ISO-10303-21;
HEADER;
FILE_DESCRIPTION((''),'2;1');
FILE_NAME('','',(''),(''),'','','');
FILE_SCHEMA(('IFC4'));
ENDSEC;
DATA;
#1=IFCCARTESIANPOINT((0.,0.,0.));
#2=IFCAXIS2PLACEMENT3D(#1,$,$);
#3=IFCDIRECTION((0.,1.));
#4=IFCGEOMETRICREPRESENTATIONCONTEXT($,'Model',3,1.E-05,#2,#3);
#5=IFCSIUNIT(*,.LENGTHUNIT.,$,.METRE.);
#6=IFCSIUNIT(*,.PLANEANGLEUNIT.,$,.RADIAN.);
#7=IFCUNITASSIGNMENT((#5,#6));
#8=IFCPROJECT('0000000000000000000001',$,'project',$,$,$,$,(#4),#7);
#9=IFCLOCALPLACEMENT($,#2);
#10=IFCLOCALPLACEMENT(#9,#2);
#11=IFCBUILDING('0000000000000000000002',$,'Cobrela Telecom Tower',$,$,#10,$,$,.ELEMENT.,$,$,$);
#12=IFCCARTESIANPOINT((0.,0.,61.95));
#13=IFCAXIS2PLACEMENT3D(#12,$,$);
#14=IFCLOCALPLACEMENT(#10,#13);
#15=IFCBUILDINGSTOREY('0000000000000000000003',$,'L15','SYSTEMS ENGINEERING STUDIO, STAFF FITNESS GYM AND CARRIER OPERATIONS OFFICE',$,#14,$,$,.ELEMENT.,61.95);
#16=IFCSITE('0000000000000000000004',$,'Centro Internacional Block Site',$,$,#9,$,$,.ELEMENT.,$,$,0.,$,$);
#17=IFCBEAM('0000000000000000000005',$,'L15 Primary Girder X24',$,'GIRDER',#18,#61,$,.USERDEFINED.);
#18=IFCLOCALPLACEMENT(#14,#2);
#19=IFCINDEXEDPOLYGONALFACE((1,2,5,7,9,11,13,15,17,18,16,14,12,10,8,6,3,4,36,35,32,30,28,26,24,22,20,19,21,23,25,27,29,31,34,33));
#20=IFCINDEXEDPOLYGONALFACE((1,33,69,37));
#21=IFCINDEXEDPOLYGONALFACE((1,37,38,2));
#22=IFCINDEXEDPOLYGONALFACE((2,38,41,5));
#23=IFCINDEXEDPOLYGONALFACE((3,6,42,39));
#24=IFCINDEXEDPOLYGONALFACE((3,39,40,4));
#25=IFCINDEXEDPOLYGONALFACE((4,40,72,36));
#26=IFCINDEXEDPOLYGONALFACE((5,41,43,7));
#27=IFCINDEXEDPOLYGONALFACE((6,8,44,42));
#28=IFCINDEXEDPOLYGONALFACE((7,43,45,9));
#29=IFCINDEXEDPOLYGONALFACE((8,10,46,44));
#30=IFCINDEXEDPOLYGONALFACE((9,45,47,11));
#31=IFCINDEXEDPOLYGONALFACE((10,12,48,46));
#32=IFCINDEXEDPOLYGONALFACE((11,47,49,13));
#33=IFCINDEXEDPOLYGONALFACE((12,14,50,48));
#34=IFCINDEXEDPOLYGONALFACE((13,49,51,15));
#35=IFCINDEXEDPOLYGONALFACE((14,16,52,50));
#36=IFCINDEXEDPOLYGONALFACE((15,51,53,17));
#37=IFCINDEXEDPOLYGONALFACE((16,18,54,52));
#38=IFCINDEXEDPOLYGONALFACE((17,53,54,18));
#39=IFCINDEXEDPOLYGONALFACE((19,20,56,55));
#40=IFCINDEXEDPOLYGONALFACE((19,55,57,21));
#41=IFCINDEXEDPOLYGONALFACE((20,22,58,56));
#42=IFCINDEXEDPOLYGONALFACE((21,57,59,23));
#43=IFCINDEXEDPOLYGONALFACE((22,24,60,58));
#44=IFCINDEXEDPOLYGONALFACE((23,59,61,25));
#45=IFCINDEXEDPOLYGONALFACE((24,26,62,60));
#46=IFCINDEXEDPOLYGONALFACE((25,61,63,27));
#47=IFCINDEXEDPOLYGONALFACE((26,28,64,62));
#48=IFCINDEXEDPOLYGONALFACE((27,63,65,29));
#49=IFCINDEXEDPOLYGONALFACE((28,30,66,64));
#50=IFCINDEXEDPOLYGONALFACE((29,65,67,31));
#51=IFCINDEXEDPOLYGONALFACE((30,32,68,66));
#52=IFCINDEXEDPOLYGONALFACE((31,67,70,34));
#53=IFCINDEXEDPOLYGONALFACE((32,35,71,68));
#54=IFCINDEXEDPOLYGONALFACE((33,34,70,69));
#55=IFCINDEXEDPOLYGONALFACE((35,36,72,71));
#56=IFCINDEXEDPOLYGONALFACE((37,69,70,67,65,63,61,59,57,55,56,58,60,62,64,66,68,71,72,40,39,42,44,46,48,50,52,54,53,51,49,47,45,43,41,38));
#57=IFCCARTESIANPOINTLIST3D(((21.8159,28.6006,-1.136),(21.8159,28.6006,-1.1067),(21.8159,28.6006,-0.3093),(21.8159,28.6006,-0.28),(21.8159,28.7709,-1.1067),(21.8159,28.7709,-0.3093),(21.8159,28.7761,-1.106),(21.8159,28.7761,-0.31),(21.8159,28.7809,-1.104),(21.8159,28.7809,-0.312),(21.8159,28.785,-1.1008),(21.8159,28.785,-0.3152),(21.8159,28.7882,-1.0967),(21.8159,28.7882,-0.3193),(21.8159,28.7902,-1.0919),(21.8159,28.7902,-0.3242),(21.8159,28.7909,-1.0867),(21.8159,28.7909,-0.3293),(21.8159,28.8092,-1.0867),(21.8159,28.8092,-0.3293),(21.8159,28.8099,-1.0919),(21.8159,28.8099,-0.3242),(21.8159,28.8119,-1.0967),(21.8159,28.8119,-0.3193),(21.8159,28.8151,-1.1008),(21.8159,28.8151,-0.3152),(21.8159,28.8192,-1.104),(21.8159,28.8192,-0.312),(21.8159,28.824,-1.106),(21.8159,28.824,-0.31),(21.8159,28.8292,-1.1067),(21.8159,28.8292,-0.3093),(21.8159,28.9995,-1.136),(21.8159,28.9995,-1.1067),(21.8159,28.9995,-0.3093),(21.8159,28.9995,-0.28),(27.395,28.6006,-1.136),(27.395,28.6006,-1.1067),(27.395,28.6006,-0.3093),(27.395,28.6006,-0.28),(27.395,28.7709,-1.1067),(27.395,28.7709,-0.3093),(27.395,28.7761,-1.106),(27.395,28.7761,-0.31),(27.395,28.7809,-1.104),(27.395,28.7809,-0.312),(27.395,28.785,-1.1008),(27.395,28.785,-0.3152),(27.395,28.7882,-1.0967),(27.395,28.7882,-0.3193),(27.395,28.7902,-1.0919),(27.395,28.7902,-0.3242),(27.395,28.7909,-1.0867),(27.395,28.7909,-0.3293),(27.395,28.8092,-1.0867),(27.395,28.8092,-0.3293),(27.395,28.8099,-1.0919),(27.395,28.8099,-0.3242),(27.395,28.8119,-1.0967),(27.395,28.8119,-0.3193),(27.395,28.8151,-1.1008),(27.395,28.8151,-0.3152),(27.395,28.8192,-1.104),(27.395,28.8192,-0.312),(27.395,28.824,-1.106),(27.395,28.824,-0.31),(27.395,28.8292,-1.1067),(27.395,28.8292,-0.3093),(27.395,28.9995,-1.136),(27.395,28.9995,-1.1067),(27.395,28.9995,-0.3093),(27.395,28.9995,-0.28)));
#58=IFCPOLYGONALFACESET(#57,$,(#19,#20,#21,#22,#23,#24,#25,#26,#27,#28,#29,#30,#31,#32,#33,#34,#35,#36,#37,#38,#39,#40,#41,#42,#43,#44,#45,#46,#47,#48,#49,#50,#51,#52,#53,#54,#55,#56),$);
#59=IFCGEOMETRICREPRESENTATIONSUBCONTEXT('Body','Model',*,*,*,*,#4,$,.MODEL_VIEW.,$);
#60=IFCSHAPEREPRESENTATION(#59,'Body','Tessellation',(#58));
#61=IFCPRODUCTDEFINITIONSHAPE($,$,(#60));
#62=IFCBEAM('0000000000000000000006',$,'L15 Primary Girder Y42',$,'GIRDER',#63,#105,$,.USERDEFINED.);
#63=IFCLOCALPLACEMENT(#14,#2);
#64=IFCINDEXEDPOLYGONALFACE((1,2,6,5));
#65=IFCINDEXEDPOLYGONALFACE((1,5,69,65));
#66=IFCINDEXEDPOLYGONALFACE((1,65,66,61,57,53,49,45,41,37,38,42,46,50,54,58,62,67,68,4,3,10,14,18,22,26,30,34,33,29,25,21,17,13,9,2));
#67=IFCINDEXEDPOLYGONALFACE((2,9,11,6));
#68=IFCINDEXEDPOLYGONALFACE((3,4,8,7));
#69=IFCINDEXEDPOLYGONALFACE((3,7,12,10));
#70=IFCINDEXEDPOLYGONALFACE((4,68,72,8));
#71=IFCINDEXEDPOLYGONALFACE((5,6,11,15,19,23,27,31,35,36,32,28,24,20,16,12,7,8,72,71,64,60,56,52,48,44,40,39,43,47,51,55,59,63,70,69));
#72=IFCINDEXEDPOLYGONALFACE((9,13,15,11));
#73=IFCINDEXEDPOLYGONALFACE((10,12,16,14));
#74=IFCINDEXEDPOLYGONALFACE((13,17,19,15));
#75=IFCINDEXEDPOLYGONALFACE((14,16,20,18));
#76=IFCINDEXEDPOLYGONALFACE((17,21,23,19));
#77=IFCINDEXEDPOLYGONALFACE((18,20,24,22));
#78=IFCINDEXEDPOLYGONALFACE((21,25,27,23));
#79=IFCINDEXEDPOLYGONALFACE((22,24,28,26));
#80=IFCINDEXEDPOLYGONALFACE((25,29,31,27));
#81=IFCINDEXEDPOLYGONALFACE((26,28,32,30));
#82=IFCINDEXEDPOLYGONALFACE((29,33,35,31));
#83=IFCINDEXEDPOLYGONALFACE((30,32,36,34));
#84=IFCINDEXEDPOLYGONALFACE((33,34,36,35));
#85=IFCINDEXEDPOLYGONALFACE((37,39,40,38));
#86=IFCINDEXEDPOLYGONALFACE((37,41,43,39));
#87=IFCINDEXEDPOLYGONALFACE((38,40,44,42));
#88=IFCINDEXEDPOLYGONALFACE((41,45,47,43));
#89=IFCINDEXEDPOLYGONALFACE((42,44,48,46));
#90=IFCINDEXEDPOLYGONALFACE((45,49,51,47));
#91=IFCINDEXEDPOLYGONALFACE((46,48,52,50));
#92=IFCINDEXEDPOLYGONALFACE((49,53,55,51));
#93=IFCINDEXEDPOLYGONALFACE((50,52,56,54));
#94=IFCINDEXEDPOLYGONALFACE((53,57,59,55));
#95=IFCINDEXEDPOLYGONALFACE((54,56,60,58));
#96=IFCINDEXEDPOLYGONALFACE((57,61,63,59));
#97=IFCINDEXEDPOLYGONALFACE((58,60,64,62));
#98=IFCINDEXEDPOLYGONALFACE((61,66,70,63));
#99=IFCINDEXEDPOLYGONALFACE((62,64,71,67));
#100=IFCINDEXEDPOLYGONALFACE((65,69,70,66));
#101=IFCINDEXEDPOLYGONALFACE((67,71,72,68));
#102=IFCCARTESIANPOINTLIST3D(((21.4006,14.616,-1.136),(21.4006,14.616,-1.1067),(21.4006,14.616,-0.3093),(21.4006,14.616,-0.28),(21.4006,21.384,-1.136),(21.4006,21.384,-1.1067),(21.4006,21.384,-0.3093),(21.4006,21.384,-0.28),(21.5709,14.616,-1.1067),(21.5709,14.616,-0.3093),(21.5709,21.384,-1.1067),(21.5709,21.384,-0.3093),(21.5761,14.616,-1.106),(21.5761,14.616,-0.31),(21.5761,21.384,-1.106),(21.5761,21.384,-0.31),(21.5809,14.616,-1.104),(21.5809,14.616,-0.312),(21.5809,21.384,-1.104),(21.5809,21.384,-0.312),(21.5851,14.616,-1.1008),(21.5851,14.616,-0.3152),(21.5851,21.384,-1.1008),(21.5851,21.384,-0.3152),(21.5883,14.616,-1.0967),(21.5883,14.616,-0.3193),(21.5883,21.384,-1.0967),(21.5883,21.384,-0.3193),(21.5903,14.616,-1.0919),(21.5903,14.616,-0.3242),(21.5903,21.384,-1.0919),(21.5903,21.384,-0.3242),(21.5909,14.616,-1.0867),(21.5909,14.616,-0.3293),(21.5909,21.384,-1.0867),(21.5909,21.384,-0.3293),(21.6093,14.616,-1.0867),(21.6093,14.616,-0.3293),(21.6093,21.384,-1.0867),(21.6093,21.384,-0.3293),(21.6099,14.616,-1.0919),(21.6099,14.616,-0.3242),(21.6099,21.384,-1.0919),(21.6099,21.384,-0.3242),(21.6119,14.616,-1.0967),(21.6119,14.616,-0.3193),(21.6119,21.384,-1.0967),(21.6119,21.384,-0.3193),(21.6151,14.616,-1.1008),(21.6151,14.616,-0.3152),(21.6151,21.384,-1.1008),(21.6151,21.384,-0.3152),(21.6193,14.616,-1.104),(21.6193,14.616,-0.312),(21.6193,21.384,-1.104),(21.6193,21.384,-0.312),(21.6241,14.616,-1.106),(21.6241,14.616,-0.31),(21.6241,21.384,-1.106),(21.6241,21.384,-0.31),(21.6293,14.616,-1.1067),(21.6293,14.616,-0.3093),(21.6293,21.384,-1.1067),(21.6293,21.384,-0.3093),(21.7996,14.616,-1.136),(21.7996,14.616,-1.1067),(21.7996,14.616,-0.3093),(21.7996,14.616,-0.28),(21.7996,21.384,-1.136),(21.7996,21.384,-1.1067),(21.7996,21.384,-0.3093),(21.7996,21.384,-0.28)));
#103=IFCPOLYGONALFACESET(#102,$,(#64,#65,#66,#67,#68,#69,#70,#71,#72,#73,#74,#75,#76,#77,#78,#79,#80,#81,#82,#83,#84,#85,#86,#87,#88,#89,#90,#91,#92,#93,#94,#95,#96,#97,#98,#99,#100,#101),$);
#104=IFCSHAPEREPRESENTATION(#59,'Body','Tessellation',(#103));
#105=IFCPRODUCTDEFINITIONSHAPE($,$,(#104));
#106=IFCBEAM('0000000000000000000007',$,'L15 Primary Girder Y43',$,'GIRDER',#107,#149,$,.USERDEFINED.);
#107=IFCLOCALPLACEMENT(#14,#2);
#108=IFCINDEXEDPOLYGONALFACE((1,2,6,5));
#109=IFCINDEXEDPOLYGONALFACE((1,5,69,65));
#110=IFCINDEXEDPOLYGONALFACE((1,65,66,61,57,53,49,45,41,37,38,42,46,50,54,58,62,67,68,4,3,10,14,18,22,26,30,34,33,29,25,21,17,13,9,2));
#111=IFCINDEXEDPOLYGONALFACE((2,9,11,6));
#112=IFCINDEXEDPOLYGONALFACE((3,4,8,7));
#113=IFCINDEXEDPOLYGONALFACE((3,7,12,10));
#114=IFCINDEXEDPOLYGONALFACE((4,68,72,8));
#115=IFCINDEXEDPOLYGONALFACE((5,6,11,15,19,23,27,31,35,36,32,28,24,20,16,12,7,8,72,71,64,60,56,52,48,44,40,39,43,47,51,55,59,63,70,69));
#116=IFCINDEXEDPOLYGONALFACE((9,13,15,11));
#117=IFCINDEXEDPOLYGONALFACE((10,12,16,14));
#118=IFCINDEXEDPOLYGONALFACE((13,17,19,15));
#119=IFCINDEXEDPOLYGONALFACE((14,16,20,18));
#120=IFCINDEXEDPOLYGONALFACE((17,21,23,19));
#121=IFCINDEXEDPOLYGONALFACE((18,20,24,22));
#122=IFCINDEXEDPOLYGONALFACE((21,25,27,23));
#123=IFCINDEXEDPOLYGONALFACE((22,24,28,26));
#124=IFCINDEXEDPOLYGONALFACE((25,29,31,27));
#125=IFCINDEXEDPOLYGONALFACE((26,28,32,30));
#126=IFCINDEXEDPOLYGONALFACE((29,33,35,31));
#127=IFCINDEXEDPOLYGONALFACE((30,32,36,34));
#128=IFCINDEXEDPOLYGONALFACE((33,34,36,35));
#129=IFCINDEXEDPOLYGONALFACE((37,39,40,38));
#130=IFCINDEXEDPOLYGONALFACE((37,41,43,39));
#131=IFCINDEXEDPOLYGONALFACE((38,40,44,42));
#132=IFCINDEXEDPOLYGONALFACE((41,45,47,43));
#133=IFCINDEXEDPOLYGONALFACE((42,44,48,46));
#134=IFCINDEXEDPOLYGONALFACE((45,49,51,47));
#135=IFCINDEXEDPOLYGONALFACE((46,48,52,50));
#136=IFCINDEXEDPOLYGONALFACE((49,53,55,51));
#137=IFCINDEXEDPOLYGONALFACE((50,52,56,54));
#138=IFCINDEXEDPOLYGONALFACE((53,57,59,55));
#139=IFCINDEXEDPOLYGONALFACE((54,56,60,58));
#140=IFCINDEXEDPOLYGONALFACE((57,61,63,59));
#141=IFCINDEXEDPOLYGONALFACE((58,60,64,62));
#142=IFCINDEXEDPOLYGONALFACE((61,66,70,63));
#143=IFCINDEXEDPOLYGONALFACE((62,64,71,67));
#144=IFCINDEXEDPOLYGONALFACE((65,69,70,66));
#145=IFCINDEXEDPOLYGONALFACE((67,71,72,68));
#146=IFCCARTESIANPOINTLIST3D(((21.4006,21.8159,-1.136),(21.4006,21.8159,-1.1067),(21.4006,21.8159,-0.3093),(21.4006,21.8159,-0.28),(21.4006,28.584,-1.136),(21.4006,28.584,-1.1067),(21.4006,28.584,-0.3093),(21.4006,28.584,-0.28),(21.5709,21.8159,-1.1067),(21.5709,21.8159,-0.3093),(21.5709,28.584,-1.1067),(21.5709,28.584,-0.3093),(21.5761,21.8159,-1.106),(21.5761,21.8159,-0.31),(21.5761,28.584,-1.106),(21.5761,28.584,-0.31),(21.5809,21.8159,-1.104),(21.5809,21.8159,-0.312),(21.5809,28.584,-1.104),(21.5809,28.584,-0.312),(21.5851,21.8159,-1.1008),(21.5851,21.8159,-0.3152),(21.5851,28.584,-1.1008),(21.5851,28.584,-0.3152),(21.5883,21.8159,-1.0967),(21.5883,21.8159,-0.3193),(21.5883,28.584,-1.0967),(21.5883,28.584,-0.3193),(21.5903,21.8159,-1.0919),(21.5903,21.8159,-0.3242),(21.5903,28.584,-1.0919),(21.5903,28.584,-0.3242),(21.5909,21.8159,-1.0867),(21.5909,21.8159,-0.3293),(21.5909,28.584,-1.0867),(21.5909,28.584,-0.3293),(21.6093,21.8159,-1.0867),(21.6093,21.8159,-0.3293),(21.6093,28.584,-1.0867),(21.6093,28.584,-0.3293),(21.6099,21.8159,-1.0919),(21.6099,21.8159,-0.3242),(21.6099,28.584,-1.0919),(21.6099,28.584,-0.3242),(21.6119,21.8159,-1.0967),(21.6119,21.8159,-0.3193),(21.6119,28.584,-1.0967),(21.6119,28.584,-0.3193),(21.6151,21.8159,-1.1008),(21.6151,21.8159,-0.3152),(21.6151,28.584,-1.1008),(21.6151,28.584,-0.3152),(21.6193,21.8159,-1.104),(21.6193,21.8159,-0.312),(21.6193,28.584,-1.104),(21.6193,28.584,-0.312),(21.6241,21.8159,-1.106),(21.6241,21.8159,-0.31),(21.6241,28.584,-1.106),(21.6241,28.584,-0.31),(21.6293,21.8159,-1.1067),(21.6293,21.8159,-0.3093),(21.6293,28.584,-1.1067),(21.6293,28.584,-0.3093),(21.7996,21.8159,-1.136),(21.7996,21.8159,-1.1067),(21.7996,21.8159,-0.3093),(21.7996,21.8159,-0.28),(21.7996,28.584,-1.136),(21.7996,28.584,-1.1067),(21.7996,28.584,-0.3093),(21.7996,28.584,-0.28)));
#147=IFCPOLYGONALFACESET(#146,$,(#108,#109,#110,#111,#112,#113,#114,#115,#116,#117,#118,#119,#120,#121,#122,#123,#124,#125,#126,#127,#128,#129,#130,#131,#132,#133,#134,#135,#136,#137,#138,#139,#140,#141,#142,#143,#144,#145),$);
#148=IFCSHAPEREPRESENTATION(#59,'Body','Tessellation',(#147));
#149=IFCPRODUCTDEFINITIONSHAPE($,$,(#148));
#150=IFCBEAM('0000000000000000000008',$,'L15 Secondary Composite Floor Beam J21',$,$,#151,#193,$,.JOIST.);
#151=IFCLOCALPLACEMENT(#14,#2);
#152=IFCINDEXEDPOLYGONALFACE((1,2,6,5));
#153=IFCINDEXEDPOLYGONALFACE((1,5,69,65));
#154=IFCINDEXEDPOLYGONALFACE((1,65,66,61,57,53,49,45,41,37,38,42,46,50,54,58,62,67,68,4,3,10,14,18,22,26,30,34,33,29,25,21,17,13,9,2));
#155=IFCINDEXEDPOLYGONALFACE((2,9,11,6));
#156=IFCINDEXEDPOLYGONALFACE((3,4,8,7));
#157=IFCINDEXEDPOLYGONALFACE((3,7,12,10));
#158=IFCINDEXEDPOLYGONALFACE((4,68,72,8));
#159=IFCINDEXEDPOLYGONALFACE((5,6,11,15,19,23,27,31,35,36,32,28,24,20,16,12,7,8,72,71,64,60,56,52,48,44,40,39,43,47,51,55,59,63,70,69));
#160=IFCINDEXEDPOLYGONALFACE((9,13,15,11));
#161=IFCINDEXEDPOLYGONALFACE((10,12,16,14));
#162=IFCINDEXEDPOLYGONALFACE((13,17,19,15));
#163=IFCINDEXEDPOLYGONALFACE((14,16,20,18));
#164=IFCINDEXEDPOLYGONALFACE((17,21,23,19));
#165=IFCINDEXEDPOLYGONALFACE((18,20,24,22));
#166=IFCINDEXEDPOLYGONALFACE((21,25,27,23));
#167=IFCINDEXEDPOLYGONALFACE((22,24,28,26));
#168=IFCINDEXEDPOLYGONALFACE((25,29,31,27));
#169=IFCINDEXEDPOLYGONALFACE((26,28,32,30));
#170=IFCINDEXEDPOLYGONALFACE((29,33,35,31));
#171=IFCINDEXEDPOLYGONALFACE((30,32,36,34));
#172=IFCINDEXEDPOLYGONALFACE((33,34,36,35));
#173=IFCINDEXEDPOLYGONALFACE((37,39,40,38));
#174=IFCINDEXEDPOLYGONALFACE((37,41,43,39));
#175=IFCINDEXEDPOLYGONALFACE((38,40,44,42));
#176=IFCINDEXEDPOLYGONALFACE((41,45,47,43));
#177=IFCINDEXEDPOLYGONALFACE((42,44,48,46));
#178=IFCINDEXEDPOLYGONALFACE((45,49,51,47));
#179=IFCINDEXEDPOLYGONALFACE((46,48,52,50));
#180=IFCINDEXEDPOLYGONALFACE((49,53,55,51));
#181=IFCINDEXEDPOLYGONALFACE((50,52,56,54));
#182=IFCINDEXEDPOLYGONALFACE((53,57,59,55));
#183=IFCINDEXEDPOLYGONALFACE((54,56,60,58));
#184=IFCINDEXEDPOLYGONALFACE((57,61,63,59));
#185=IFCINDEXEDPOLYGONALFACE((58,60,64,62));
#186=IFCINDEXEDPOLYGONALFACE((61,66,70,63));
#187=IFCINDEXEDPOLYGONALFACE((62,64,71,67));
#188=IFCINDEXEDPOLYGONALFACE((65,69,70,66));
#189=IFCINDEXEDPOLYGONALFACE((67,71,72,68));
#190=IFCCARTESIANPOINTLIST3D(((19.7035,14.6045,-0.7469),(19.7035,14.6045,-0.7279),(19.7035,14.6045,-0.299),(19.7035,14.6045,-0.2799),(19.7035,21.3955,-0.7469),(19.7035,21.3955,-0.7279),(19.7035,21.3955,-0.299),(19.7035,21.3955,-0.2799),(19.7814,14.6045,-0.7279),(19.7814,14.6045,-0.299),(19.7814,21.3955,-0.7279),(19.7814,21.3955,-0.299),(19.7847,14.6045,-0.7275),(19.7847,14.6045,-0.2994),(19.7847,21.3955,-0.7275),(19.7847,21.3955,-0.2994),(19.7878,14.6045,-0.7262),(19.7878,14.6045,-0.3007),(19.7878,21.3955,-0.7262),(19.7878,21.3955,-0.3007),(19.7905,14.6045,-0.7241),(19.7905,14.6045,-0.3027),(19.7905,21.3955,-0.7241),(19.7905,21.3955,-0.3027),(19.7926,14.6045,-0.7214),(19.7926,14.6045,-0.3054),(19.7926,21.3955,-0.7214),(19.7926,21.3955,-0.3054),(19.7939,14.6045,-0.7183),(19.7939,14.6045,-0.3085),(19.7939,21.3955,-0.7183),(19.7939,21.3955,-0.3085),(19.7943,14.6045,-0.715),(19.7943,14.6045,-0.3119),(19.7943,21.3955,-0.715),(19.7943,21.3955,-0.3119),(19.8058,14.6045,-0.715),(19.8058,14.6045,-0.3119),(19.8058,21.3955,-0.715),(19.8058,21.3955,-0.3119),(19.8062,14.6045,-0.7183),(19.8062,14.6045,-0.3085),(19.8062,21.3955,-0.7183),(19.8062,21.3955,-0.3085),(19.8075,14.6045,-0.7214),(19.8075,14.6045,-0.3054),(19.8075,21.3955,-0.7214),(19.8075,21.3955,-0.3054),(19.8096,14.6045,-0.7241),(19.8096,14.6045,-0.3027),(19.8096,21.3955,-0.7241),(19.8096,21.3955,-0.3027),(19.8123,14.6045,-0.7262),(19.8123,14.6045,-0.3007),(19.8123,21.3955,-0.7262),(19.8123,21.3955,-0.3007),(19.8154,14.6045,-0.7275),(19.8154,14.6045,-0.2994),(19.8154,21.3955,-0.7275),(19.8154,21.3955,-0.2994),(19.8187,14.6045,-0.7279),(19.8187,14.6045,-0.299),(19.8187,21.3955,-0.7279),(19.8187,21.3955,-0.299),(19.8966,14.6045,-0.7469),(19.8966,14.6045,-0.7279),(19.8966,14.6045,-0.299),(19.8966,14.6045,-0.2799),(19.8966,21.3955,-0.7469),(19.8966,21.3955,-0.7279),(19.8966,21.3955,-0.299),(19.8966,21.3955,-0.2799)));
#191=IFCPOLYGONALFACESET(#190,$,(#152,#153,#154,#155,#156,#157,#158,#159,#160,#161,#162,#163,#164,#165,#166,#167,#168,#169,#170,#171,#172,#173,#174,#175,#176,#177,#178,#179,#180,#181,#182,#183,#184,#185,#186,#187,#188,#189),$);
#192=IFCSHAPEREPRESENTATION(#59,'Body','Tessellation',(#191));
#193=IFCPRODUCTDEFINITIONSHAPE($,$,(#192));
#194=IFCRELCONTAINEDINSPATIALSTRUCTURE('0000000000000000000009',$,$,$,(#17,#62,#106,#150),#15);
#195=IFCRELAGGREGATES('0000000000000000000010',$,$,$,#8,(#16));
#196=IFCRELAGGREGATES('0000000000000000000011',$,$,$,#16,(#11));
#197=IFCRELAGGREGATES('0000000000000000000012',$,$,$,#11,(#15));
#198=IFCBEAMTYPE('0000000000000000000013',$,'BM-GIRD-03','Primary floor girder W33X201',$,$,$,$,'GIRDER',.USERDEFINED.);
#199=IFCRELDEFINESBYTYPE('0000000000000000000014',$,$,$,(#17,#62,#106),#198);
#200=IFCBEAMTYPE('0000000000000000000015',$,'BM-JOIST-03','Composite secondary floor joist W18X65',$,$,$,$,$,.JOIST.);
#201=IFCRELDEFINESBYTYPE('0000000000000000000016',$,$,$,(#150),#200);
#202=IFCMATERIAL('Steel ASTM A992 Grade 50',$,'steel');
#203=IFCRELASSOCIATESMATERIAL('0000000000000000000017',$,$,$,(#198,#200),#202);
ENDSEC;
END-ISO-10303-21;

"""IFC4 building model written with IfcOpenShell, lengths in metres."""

from ifc_helpers import new_model, si_unit, direction, frame, origin, origin_2d, place, context, subcontext, project, spatial, i_section, extrude, material, material_profile, profile_set, type_object, element, save


model = new_model("IFC4")

# Units and contexts
model_context = context("Model", 3, precision=1e-05, world=origin(), true_north=direction((0.0, 1.0)))
body_context = subcontext(model_context, "Body", "Model", "MODEL_VIEW")
ifc_project = project(units=[si_unit("LENGTHUNIT", "METRE"), si_unit("PLANEANGLEUNIT", "RADIAN")], contexts=[model_context])

# Site, building, storey
site_placement = place(None, origin())
site = spatial("IfcSite", under=ifc_project, at=site_placement, Name="Centro Internacional Block Site", CompositionType="ELEMENT", RefElevation=0.0)
building_placement = place(site_placement, origin())
building = spatial("IfcBuilding", under=site, at=building_placement, Name="Cobrela Telecom Tower", CompositionType="ELEMENT")
storey_placement = place(building_placement, frame((0.0, 0.0, 61.95)))
storey = spatial("IfcBuildingStorey", under=building, at=storey_placement, Name="L15", Description="SYSTEMS ENGINEERING STUDIO, STAFF FITNESS GYM AND CARRIER OPERATIONS OFFICE", CompositionType="ELEMENT", Elevation=61.95)

# Shared definitions
ifc_material_1 = material(Name="Steel ASTM A992 Grade 50", Category="steel")

# Beams
ifc_material_profile_1 = material_profile(ifc_material_1, i_section(OverallWidth=0.3989, OverallDepth=0.856, WebThickness=0.0183, FlangeThickness=0.0293, FilletRadius=0.02, at=origin_2d()), Name="W33X201")
ifc_profile_set_1 = profile_set([ifc_material_profile_1], Name="Steel ASTM A992 Grade 50")
beam_type_1 = type_object("IfcBeamType", Name="BM-GIRD-03", Description="Primary floor girder W33X201", ElementType="GIRDER", PredefinedType="USERDEFINED", material=ifc_profile_set_1)
beam_1_placement = place(storey_placement, frame((21.8159, 28.8, -0.708), z_axis=(1.0, 0.0, 0.0), x_axis=(0.0, 1.0, 0.0)))
element("IfcBeam", 1, at=beam_1_placement, inside=storey, type_object=beam_type_1, Name="L15 Primary Girder X24", ObjectType="GIRDER", PredefinedType="USERDEFINED", context=body_context, shape_type="SweptSolid", body=[
    extrude(i_section(OverallWidth=0.3989, OverallDepth=0.856, WebThickness=0.0183, FlangeThickness=0.0293, FilletRadius=0.02, at=origin_2d()), origin(), (0.0, 0.0, 1.0), 5.5791),
])
for number, where, z_axis, x_axis, name in (
    (2, (21.6001, 14.616, -0.708), (0.0, 1.0, 0.0), (-1.0, 0.0, 0.0), "L15 Primary Girder Y42"),
    (3, (21.6001, 21.8159, -0.708), (0.0, 1.0, 0.0), (-1.0, 0.0, 0.0), "L15 Primary Girder Y43"),
):
    element("IfcBeam", number, at=place(storey_placement, frame(where, z_axis=z_axis, x_axis=x_axis)), inside=storey, type_object=beam_type_1, Name=name, ObjectType="GIRDER", PredefinedType="USERDEFINED", context=body_context, shape_type="SweptSolid", body=[
        extrude(i_section(OverallWidth=0.3989, OverallDepth=0.856, WebThickness=0.0183, FlangeThickness=0.0293, FilletRadius=0.02, at=origin_2d()), origin(), (0.0, 0.0, 1.0), 6.7681),
    ])
ifc_material_profile_2 = material_profile(ifc_material_1, i_section(OverallWidth=0.1931, OverallDepth=0.467, WebThickness=0.0115, FlangeThickness=0.019, FilletRadius=0.0129, at=origin_2d()), Name="W18X65")
ifc_profile_set_2 = profile_set([ifc_material_profile_2], Name="Steel ASTM A992 Grade 50")
beam_type_2 = type_object("IfcBeamType", Name="BM-JOIST-03", Description="Composite secondary floor joist W18X65", PredefinedType="JOIST", material=ifc_profile_set_2)
for number, where, z_axis, x_axis, name in (
    (4, (19.8, 14.6045, -0.5134), (0.0, 1.0, 0.0), (-1.0, 0.0, 0.0), "L15 Secondary Composite Floor Beam J21"),
):
    element("IfcBeam", number, at=place(storey_placement, frame(where, z_axis=z_axis, x_axis=x_axis)), inside=storey, type_object=beam_type_2, Name=name, PredefinedType="JOIST", context=body_context, shape_type="SweptSolid", body=[
        extrude(i_section(OverallWidth=0.1931, OverallDepth=0.467, WebThickness=0.0115, FlangeThickness=0.019, FilletRadius=0.0129, at=origin_2d()), origin(), (0.0, 0.0, 1.0), 6.791),
    ])

save(model, "model.ifc")
